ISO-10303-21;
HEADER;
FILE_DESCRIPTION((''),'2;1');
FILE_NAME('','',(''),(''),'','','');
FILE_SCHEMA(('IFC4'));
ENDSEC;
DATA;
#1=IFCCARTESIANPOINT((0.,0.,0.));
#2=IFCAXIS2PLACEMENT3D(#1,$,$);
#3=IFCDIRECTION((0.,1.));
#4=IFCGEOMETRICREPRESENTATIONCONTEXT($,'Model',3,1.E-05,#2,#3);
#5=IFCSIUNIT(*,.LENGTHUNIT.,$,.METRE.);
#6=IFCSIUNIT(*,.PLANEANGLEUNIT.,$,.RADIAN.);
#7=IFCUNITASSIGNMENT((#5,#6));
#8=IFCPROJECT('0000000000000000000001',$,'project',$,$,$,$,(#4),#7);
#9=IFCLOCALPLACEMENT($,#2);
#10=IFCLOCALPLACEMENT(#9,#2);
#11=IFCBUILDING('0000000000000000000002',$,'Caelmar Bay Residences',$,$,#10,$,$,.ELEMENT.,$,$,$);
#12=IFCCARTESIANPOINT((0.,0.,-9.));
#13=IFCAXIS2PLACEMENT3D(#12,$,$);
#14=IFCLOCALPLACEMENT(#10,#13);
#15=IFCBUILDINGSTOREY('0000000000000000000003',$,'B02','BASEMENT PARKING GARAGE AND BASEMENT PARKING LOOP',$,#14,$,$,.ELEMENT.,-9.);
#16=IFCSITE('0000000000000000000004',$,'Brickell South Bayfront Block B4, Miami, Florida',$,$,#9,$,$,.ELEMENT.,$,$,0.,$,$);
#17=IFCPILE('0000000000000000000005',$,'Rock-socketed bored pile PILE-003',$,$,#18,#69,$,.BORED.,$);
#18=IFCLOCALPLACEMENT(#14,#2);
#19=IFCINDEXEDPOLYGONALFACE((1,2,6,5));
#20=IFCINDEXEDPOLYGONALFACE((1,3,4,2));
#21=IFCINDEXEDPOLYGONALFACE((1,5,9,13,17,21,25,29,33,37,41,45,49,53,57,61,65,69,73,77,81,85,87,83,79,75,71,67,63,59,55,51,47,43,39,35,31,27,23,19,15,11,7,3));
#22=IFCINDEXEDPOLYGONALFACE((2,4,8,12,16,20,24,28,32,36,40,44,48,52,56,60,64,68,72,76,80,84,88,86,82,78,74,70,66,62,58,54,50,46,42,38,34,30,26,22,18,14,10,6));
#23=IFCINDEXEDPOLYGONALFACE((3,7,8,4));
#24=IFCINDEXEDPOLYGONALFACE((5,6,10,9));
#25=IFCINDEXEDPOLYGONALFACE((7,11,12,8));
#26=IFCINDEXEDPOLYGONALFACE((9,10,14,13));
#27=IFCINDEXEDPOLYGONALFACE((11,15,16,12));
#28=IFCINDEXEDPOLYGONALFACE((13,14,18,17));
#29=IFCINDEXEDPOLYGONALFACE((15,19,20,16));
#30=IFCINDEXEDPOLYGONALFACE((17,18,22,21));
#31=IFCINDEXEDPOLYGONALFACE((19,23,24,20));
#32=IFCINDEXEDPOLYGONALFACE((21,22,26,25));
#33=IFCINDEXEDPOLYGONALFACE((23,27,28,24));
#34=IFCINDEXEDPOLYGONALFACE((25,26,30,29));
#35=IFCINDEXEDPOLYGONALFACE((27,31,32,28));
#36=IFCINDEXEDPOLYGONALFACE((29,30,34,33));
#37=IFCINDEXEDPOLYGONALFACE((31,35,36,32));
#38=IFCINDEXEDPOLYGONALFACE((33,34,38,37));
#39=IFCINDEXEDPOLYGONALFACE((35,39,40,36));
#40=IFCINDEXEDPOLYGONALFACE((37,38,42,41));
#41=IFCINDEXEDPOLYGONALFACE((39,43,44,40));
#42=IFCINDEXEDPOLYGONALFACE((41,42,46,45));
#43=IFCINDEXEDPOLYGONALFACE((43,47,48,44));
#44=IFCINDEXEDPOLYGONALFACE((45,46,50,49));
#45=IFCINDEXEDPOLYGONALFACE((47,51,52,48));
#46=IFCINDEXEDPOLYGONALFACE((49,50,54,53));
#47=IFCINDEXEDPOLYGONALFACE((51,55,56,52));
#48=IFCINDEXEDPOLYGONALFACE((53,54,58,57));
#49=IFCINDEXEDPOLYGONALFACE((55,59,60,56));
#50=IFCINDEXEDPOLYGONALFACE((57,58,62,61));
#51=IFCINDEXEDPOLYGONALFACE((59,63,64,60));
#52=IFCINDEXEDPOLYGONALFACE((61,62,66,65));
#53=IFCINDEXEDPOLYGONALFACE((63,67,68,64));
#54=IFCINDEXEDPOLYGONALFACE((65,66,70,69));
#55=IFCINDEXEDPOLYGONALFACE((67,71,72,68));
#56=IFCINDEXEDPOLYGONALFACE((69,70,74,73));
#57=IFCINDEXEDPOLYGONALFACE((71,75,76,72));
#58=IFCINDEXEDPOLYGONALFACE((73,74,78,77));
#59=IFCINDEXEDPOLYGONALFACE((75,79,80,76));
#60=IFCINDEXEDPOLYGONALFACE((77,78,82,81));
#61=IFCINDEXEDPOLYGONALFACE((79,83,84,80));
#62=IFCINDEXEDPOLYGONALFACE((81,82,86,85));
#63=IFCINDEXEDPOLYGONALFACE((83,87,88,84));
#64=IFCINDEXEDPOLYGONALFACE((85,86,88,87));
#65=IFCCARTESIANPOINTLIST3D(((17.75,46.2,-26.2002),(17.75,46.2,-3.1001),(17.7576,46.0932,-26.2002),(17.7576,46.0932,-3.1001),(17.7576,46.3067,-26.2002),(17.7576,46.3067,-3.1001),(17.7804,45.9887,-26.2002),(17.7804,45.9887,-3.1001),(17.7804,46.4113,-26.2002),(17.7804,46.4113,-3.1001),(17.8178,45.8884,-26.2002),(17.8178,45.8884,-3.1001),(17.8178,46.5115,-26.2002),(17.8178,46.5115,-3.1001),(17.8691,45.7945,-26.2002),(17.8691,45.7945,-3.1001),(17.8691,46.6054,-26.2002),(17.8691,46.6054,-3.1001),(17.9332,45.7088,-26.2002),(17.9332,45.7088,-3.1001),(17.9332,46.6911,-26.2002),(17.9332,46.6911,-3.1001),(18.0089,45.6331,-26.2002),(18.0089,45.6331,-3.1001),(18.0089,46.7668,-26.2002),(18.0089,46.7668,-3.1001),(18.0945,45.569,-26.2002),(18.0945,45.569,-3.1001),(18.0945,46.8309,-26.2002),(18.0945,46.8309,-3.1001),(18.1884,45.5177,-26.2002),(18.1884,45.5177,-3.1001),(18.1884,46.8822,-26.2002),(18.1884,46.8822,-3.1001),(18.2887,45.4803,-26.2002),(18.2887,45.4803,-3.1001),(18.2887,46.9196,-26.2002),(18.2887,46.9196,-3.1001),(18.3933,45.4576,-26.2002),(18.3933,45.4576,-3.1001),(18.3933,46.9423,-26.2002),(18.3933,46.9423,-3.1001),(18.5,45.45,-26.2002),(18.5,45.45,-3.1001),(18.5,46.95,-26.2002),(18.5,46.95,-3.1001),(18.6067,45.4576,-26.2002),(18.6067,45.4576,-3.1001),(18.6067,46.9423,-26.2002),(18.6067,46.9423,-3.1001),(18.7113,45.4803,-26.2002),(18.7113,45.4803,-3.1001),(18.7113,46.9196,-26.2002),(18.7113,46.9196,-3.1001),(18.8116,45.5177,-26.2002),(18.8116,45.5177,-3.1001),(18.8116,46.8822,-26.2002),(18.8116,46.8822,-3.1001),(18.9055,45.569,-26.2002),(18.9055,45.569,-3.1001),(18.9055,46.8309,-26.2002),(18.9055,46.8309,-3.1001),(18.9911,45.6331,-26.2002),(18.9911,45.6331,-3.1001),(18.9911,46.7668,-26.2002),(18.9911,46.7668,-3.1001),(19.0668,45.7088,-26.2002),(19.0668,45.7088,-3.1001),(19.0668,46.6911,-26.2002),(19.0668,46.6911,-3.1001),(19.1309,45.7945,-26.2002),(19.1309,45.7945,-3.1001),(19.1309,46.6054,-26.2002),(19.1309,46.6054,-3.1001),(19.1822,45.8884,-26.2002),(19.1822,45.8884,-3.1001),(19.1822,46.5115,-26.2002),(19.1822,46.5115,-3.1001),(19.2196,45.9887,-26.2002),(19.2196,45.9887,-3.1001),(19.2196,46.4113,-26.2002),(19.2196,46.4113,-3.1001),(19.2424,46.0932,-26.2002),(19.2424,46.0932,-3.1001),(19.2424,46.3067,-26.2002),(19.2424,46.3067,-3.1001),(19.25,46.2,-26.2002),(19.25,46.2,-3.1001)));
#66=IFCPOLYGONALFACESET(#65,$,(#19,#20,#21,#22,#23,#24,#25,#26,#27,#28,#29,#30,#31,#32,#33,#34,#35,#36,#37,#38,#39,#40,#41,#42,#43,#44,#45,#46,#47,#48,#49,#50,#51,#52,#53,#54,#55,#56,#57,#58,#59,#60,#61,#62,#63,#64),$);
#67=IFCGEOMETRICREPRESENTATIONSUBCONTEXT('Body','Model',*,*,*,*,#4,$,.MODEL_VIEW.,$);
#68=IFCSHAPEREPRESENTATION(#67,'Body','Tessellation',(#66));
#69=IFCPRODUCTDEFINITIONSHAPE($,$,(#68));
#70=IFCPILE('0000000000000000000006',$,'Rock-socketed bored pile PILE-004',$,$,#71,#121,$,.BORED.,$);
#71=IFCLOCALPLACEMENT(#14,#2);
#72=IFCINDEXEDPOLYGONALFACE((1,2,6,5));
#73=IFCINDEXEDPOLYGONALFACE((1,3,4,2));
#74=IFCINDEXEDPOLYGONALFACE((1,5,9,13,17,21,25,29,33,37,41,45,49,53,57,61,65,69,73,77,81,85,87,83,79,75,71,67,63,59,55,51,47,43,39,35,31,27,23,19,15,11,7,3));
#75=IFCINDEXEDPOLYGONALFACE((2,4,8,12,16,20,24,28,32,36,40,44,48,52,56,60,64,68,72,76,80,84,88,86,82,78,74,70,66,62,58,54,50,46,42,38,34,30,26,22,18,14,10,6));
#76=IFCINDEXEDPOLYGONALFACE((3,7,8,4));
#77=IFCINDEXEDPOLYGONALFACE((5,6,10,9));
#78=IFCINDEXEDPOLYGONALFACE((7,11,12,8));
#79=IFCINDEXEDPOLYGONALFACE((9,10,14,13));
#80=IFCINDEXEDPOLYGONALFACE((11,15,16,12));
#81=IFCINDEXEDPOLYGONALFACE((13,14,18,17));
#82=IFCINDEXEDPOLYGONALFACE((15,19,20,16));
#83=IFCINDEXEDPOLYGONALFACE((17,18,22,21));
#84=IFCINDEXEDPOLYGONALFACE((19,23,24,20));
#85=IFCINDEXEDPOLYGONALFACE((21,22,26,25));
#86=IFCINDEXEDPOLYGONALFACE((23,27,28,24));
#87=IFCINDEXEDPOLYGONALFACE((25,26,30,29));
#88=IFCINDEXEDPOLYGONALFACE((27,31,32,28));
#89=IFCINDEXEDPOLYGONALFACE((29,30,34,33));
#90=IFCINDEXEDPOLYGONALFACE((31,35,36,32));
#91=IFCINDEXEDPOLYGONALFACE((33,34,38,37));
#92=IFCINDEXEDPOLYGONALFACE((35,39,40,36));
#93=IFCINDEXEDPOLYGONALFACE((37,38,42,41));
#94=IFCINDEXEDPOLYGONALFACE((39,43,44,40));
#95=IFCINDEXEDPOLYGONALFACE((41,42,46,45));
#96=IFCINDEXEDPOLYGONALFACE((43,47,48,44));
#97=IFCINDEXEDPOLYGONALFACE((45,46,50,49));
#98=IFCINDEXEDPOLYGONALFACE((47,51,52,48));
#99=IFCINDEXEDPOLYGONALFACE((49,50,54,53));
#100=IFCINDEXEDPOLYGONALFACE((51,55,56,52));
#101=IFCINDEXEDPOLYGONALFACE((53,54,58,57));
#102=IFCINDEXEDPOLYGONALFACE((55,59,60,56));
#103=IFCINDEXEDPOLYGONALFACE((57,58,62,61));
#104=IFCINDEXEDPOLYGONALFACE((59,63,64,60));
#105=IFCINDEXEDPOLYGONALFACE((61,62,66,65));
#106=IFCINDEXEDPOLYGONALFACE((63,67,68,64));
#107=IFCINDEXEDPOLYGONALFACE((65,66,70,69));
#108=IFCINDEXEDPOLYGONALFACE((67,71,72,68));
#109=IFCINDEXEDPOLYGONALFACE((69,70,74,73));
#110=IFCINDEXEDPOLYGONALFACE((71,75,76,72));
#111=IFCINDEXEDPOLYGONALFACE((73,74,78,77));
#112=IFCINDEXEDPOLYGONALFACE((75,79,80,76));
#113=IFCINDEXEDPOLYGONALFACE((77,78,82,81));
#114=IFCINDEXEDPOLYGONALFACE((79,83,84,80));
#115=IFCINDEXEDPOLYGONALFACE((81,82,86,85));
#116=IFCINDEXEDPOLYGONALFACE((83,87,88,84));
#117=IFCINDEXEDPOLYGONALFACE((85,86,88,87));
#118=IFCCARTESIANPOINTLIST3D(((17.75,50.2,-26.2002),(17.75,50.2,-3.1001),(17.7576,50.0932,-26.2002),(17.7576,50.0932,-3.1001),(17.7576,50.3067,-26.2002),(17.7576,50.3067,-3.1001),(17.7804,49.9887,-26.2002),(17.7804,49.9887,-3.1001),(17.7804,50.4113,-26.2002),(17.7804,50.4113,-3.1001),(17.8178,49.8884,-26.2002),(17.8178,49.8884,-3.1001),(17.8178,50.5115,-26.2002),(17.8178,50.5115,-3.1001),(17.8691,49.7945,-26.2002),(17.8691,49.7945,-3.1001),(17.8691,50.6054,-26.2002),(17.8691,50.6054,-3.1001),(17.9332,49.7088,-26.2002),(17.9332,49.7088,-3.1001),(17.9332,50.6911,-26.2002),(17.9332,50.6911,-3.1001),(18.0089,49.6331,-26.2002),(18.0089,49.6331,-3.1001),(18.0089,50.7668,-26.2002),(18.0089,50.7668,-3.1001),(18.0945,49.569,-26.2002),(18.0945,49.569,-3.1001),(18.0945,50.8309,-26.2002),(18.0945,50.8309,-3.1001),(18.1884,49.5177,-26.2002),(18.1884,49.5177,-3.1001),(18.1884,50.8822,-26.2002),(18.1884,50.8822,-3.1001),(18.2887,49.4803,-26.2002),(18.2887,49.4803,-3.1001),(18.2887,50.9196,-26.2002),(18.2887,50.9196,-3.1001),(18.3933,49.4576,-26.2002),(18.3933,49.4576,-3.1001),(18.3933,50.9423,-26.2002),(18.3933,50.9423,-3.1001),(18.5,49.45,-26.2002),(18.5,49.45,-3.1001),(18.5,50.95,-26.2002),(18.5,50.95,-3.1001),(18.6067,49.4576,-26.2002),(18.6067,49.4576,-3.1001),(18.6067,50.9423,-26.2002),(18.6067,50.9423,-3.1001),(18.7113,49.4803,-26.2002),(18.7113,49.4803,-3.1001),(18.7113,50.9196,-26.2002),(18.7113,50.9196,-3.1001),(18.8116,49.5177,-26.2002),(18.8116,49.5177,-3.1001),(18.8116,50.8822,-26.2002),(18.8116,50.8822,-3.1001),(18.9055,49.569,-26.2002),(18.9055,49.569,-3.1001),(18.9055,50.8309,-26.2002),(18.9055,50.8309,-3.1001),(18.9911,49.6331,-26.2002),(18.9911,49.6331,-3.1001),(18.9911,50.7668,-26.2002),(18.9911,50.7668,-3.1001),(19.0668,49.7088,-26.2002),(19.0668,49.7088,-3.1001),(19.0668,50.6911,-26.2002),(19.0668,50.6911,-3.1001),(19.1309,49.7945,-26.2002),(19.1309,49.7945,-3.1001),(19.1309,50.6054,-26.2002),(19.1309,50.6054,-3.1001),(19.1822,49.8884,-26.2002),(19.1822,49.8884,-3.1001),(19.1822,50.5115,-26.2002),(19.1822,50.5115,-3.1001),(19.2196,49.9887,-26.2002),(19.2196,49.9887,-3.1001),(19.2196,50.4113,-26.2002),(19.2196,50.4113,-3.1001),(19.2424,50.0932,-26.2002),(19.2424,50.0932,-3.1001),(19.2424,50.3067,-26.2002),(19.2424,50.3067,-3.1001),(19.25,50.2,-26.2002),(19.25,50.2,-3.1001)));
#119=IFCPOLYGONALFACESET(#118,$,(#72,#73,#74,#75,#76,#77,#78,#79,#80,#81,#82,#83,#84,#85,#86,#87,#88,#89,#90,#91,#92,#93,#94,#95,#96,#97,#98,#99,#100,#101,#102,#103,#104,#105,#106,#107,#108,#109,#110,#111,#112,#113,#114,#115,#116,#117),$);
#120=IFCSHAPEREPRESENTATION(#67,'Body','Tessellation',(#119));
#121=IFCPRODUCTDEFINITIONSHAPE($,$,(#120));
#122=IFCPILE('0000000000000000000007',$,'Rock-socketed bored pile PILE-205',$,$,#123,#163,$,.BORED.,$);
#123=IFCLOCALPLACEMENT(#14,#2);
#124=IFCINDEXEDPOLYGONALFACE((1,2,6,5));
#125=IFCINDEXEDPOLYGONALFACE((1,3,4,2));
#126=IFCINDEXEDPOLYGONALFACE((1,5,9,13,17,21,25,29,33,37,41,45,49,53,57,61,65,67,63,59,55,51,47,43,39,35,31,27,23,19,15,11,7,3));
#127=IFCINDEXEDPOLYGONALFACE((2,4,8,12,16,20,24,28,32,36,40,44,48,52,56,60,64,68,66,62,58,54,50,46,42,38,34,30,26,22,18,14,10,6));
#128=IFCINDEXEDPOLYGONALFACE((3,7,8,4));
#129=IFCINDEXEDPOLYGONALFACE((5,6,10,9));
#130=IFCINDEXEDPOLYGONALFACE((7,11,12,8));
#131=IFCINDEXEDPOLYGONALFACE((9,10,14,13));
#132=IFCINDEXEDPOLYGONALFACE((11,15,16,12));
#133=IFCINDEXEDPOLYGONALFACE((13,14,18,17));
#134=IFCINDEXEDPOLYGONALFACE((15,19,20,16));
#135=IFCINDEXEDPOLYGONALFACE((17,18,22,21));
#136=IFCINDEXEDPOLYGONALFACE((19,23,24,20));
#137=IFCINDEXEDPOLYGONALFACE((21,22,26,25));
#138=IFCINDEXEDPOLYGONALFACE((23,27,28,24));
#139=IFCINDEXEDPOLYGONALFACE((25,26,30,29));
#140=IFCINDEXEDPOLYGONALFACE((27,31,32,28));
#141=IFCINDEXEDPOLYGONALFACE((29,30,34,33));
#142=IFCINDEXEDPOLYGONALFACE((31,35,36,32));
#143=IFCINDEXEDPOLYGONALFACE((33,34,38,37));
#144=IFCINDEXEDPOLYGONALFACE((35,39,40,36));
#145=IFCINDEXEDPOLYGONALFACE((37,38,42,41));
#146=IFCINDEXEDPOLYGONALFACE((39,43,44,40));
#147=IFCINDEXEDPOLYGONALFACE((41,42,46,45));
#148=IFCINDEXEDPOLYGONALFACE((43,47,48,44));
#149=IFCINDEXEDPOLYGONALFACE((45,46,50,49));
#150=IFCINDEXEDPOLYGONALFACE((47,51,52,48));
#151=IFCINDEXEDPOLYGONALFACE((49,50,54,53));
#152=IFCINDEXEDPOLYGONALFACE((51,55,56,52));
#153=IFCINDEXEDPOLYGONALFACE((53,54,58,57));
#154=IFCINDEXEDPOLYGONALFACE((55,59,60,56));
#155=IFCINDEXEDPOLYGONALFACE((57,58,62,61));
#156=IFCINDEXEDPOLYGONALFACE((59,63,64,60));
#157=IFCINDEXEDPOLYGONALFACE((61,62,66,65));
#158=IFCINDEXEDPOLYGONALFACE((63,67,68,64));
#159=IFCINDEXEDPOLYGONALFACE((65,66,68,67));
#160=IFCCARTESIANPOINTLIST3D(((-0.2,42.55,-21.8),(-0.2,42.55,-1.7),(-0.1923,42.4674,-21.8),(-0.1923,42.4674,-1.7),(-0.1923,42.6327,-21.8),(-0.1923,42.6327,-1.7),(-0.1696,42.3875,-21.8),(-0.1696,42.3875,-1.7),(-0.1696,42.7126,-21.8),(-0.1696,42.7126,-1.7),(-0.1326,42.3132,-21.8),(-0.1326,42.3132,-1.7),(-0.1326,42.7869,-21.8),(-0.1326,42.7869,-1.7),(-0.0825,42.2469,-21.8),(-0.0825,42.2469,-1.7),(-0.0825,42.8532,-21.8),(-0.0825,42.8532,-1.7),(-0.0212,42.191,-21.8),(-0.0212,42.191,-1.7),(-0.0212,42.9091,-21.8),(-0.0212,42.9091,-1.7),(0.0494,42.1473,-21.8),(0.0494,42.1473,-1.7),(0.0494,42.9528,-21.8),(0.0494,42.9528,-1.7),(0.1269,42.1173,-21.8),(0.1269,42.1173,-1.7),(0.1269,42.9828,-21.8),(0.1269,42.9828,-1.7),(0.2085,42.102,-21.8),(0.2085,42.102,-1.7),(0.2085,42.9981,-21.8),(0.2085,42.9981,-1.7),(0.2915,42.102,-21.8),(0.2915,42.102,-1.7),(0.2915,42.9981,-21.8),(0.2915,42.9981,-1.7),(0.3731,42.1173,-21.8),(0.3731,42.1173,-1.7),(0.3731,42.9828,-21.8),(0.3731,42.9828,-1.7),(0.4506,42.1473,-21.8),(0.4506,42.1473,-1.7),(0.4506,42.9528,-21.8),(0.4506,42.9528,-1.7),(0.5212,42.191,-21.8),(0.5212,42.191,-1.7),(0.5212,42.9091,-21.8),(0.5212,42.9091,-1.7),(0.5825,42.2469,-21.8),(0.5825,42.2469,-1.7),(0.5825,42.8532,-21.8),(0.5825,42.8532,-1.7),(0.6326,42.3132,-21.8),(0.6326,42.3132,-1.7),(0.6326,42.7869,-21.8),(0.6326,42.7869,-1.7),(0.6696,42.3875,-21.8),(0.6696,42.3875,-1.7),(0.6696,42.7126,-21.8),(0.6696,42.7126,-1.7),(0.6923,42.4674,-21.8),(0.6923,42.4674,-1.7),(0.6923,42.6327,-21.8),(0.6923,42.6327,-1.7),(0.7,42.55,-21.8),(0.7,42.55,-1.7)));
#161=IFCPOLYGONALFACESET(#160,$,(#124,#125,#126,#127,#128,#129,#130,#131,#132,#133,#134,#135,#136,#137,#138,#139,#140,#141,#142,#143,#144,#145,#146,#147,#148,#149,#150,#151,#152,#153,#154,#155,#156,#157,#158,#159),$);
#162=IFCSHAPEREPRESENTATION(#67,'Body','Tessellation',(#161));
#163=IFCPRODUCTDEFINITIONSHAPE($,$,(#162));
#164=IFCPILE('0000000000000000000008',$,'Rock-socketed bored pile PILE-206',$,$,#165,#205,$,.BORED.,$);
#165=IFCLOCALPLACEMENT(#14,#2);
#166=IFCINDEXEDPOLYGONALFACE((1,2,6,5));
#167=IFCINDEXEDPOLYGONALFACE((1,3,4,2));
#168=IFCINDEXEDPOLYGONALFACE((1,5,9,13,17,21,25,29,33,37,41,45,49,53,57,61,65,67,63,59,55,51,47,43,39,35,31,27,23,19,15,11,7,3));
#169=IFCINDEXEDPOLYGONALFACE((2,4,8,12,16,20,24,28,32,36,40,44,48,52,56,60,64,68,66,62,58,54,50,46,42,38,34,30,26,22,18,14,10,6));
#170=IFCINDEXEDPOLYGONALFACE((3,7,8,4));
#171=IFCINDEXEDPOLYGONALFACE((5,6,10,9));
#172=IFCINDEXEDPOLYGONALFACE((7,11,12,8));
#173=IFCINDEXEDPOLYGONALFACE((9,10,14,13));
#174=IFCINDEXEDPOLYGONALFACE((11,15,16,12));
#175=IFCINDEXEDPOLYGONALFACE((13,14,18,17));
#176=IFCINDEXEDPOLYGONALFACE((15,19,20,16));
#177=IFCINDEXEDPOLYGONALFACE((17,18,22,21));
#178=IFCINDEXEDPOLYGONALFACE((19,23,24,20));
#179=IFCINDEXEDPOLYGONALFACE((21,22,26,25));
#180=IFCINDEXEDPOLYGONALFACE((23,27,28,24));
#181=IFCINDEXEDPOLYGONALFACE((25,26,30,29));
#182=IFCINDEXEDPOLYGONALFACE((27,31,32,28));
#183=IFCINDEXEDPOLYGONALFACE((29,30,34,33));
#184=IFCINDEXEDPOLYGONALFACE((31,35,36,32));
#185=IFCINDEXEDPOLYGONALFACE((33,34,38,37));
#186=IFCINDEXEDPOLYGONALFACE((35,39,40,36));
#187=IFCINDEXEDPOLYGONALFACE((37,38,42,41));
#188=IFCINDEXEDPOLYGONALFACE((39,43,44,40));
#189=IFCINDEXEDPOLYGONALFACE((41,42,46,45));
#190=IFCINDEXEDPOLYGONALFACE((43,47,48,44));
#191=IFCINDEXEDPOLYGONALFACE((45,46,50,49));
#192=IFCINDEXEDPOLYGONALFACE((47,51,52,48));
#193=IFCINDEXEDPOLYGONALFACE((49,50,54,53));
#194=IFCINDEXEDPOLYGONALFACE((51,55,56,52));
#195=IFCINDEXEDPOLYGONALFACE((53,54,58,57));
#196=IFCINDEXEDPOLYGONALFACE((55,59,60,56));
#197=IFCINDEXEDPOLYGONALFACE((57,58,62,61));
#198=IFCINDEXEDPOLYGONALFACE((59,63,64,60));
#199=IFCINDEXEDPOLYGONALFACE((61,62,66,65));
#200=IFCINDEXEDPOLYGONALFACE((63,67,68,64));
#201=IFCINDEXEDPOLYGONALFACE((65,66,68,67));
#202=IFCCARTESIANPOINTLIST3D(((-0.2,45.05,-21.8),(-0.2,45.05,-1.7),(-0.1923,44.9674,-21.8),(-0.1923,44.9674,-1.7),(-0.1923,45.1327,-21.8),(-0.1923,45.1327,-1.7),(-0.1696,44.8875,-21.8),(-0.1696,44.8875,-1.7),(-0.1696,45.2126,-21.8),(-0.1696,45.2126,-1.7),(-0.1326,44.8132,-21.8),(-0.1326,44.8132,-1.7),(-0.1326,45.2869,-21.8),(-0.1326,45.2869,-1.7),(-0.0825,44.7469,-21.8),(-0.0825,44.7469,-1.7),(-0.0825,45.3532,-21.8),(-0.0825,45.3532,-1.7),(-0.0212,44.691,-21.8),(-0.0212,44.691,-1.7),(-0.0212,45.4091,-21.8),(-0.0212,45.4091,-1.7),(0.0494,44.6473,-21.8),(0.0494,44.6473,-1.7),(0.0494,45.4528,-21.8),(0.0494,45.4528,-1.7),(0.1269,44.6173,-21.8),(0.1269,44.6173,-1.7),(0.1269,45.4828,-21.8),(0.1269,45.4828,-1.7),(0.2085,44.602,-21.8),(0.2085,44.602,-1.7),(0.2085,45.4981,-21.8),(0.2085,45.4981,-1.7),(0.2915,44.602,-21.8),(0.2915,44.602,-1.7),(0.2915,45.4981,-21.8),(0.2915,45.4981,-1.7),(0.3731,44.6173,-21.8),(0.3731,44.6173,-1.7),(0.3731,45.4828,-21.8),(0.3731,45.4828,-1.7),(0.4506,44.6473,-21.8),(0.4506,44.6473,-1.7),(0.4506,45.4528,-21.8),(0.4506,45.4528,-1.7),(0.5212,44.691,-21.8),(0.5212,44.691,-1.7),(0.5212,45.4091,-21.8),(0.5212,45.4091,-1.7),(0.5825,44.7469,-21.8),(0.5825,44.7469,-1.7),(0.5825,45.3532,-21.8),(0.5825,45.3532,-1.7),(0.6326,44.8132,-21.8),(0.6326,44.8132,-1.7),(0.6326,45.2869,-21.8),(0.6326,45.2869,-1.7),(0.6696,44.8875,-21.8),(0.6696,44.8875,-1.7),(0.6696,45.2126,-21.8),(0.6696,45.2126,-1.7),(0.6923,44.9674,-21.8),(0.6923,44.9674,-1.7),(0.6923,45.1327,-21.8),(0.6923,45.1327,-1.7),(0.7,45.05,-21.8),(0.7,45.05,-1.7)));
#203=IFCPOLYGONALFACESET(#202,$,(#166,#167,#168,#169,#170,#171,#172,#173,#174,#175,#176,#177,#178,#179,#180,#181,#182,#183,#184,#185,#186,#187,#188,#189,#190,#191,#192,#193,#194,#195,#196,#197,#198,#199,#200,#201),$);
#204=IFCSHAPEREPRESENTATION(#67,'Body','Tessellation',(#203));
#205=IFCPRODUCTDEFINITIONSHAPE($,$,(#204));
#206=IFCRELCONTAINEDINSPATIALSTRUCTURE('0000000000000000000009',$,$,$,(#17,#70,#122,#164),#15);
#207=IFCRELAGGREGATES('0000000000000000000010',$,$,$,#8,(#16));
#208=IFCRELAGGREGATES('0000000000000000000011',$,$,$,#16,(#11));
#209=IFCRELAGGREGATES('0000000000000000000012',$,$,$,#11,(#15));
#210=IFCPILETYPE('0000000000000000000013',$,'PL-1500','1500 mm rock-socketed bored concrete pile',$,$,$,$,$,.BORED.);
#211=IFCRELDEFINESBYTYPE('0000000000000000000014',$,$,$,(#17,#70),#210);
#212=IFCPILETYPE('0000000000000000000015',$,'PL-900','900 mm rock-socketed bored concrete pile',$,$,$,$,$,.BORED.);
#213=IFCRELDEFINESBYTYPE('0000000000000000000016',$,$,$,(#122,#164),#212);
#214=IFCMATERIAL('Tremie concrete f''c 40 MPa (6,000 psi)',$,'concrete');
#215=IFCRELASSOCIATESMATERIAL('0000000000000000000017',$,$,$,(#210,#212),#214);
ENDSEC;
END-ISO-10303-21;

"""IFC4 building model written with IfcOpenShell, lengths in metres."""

from ifc_helpers import new_model, si_unit, direction, frame, origin, origin_2d, place, context, subcontext, project, spatial, circle, extrude, material, material_profile, profile_set, type_object, element, save


model = new_model("IFC4")

# Units and contexts
model_context = context("Model", 3, precision=1e-05, world=origin(), true_north=direction((0.0, 1.0)))
body_context = subcontext(model_context, "Body", "Model", "MODEL_VIEW")
ifc_project = project(units=[si_unit("LENGTHUNIT", "METRE"), si_unit("PLANEANGLEUNIT", "RADIAN")], contexts=[model_context])

# Site, building, storey
site_placement = place(None, origin())
site = spatial("IfcSite", under=ifc_project, at=site_placement, Name="Brickell South Bayfront Block B4, Miami, Florida", CompositionType="ELEMENT", RefElevation=0.0)
building_placement = place(site_placement, origin())
building = spatial("IfcBuilding", under=site, at=building_placement, Name="Caelmar Bay Residences", CompositionType="ELEMENT")
storey_placement = place(building_placement, frame((0.0, 0.0, -9.0)))
storey = spatial("IfcBuildingStorey", under=building, at=storey_placement, Name="B02", Description="BASEMENT PARKING GARAGE AND BASEMENT PARKING LOOP", CompositionType="ELEMENT", Elevation=-9.0)

# Piles
ifc_material_1 = material(Name="Tremie concrete f'c 40 MPa (6,000 psi)", Category="concrete")
ifc_material_profile_1 = material_profile(ifc_material_1, circle(Radius=0.75, at=origin_2d()), Name="PILE-1500D")
ifc_profile_set_1 = profile_set([ifc_material_profile_1], Name="Tremie concrete f'c 40 MPa (6,000 psi)")
pile_type_1 = type_object("IfcPileType", Name="PL-1500", Description="1500 mm rock-socketed bored concrete pile", PredefinedType="BORED", material=ifc_profile_set_1)
for number, where, z_axis, x_axis, name in (
    (1, (18.5, 46.2, -3.1001), (0.0, 0.0, -1.0), (1.0, 0.0, 0.0), "Rock-socketed bored pile PILE-003"),
    (2, (18.5, 50.2, -3.1001), (0.0, 0.0, -1.0), (1.0, 0.0, 0.0), "Rock-socketed bored pile PILE-004"),
):
    element("IfcPile", number, at=place(storey_placement, frame(where, z_axis=z_axis, x_axis=x_axis)), inside=storey, type_object=pile_type_1, Name=name, PredefinedType="BORED", context=body_context, shape_type="SweptSolid", body=[
        extrude(circle(Radius=0.75, at=origin_2d()), origin(), (0.0, 0.0, 1.0), 23.1001),
    ])
ifc_material_profile_2 = material_profile(ifc_material_1, circle(Radius=0.45, at=origin_2d()), Name="PILE-900D")
ifc_profile_set_2 = profile_set([ifc_material_profile_2], Name="Tremie concrete f'c 40 MPa (6,000 psi)")
pile_type_2 = type_object("IfcPileType", Name="PL-900", Description="900 mm rock-socketed bored concrete pile", PredefinedType="BORED", material=ifc_profile_set_2)
for number, where, z_axis, x_axis, name in (
    (3, (0.25, 42.55, -1.7), (0.0, 0.0, -1.0), (1.0, 0.0, 0.0), "Rock-socketed bored pile PILE-205"),
    (4, (0.25, 45.05, -1.7), (0.0, 0.0, -1.0), (1.0, 0.0, 0.0), "Rock-socketed bored pile PILE-206"),
):
    element("IfcPile", number, at=place(storey_placement, frame(where, z_axis=z_axis, x_axis=x_axis)), inside=storey, type_object=pile_type_2, Name=name, PredefinedType="BORED", context=body_context, shape_type="SweptSolid", body=[
        extrude(circle(Radius=0.45, at=origin_2d()), origin(), (0.0, 0.0, 1.0), 20.1001),
    ])

save(model, "model.ifc")
